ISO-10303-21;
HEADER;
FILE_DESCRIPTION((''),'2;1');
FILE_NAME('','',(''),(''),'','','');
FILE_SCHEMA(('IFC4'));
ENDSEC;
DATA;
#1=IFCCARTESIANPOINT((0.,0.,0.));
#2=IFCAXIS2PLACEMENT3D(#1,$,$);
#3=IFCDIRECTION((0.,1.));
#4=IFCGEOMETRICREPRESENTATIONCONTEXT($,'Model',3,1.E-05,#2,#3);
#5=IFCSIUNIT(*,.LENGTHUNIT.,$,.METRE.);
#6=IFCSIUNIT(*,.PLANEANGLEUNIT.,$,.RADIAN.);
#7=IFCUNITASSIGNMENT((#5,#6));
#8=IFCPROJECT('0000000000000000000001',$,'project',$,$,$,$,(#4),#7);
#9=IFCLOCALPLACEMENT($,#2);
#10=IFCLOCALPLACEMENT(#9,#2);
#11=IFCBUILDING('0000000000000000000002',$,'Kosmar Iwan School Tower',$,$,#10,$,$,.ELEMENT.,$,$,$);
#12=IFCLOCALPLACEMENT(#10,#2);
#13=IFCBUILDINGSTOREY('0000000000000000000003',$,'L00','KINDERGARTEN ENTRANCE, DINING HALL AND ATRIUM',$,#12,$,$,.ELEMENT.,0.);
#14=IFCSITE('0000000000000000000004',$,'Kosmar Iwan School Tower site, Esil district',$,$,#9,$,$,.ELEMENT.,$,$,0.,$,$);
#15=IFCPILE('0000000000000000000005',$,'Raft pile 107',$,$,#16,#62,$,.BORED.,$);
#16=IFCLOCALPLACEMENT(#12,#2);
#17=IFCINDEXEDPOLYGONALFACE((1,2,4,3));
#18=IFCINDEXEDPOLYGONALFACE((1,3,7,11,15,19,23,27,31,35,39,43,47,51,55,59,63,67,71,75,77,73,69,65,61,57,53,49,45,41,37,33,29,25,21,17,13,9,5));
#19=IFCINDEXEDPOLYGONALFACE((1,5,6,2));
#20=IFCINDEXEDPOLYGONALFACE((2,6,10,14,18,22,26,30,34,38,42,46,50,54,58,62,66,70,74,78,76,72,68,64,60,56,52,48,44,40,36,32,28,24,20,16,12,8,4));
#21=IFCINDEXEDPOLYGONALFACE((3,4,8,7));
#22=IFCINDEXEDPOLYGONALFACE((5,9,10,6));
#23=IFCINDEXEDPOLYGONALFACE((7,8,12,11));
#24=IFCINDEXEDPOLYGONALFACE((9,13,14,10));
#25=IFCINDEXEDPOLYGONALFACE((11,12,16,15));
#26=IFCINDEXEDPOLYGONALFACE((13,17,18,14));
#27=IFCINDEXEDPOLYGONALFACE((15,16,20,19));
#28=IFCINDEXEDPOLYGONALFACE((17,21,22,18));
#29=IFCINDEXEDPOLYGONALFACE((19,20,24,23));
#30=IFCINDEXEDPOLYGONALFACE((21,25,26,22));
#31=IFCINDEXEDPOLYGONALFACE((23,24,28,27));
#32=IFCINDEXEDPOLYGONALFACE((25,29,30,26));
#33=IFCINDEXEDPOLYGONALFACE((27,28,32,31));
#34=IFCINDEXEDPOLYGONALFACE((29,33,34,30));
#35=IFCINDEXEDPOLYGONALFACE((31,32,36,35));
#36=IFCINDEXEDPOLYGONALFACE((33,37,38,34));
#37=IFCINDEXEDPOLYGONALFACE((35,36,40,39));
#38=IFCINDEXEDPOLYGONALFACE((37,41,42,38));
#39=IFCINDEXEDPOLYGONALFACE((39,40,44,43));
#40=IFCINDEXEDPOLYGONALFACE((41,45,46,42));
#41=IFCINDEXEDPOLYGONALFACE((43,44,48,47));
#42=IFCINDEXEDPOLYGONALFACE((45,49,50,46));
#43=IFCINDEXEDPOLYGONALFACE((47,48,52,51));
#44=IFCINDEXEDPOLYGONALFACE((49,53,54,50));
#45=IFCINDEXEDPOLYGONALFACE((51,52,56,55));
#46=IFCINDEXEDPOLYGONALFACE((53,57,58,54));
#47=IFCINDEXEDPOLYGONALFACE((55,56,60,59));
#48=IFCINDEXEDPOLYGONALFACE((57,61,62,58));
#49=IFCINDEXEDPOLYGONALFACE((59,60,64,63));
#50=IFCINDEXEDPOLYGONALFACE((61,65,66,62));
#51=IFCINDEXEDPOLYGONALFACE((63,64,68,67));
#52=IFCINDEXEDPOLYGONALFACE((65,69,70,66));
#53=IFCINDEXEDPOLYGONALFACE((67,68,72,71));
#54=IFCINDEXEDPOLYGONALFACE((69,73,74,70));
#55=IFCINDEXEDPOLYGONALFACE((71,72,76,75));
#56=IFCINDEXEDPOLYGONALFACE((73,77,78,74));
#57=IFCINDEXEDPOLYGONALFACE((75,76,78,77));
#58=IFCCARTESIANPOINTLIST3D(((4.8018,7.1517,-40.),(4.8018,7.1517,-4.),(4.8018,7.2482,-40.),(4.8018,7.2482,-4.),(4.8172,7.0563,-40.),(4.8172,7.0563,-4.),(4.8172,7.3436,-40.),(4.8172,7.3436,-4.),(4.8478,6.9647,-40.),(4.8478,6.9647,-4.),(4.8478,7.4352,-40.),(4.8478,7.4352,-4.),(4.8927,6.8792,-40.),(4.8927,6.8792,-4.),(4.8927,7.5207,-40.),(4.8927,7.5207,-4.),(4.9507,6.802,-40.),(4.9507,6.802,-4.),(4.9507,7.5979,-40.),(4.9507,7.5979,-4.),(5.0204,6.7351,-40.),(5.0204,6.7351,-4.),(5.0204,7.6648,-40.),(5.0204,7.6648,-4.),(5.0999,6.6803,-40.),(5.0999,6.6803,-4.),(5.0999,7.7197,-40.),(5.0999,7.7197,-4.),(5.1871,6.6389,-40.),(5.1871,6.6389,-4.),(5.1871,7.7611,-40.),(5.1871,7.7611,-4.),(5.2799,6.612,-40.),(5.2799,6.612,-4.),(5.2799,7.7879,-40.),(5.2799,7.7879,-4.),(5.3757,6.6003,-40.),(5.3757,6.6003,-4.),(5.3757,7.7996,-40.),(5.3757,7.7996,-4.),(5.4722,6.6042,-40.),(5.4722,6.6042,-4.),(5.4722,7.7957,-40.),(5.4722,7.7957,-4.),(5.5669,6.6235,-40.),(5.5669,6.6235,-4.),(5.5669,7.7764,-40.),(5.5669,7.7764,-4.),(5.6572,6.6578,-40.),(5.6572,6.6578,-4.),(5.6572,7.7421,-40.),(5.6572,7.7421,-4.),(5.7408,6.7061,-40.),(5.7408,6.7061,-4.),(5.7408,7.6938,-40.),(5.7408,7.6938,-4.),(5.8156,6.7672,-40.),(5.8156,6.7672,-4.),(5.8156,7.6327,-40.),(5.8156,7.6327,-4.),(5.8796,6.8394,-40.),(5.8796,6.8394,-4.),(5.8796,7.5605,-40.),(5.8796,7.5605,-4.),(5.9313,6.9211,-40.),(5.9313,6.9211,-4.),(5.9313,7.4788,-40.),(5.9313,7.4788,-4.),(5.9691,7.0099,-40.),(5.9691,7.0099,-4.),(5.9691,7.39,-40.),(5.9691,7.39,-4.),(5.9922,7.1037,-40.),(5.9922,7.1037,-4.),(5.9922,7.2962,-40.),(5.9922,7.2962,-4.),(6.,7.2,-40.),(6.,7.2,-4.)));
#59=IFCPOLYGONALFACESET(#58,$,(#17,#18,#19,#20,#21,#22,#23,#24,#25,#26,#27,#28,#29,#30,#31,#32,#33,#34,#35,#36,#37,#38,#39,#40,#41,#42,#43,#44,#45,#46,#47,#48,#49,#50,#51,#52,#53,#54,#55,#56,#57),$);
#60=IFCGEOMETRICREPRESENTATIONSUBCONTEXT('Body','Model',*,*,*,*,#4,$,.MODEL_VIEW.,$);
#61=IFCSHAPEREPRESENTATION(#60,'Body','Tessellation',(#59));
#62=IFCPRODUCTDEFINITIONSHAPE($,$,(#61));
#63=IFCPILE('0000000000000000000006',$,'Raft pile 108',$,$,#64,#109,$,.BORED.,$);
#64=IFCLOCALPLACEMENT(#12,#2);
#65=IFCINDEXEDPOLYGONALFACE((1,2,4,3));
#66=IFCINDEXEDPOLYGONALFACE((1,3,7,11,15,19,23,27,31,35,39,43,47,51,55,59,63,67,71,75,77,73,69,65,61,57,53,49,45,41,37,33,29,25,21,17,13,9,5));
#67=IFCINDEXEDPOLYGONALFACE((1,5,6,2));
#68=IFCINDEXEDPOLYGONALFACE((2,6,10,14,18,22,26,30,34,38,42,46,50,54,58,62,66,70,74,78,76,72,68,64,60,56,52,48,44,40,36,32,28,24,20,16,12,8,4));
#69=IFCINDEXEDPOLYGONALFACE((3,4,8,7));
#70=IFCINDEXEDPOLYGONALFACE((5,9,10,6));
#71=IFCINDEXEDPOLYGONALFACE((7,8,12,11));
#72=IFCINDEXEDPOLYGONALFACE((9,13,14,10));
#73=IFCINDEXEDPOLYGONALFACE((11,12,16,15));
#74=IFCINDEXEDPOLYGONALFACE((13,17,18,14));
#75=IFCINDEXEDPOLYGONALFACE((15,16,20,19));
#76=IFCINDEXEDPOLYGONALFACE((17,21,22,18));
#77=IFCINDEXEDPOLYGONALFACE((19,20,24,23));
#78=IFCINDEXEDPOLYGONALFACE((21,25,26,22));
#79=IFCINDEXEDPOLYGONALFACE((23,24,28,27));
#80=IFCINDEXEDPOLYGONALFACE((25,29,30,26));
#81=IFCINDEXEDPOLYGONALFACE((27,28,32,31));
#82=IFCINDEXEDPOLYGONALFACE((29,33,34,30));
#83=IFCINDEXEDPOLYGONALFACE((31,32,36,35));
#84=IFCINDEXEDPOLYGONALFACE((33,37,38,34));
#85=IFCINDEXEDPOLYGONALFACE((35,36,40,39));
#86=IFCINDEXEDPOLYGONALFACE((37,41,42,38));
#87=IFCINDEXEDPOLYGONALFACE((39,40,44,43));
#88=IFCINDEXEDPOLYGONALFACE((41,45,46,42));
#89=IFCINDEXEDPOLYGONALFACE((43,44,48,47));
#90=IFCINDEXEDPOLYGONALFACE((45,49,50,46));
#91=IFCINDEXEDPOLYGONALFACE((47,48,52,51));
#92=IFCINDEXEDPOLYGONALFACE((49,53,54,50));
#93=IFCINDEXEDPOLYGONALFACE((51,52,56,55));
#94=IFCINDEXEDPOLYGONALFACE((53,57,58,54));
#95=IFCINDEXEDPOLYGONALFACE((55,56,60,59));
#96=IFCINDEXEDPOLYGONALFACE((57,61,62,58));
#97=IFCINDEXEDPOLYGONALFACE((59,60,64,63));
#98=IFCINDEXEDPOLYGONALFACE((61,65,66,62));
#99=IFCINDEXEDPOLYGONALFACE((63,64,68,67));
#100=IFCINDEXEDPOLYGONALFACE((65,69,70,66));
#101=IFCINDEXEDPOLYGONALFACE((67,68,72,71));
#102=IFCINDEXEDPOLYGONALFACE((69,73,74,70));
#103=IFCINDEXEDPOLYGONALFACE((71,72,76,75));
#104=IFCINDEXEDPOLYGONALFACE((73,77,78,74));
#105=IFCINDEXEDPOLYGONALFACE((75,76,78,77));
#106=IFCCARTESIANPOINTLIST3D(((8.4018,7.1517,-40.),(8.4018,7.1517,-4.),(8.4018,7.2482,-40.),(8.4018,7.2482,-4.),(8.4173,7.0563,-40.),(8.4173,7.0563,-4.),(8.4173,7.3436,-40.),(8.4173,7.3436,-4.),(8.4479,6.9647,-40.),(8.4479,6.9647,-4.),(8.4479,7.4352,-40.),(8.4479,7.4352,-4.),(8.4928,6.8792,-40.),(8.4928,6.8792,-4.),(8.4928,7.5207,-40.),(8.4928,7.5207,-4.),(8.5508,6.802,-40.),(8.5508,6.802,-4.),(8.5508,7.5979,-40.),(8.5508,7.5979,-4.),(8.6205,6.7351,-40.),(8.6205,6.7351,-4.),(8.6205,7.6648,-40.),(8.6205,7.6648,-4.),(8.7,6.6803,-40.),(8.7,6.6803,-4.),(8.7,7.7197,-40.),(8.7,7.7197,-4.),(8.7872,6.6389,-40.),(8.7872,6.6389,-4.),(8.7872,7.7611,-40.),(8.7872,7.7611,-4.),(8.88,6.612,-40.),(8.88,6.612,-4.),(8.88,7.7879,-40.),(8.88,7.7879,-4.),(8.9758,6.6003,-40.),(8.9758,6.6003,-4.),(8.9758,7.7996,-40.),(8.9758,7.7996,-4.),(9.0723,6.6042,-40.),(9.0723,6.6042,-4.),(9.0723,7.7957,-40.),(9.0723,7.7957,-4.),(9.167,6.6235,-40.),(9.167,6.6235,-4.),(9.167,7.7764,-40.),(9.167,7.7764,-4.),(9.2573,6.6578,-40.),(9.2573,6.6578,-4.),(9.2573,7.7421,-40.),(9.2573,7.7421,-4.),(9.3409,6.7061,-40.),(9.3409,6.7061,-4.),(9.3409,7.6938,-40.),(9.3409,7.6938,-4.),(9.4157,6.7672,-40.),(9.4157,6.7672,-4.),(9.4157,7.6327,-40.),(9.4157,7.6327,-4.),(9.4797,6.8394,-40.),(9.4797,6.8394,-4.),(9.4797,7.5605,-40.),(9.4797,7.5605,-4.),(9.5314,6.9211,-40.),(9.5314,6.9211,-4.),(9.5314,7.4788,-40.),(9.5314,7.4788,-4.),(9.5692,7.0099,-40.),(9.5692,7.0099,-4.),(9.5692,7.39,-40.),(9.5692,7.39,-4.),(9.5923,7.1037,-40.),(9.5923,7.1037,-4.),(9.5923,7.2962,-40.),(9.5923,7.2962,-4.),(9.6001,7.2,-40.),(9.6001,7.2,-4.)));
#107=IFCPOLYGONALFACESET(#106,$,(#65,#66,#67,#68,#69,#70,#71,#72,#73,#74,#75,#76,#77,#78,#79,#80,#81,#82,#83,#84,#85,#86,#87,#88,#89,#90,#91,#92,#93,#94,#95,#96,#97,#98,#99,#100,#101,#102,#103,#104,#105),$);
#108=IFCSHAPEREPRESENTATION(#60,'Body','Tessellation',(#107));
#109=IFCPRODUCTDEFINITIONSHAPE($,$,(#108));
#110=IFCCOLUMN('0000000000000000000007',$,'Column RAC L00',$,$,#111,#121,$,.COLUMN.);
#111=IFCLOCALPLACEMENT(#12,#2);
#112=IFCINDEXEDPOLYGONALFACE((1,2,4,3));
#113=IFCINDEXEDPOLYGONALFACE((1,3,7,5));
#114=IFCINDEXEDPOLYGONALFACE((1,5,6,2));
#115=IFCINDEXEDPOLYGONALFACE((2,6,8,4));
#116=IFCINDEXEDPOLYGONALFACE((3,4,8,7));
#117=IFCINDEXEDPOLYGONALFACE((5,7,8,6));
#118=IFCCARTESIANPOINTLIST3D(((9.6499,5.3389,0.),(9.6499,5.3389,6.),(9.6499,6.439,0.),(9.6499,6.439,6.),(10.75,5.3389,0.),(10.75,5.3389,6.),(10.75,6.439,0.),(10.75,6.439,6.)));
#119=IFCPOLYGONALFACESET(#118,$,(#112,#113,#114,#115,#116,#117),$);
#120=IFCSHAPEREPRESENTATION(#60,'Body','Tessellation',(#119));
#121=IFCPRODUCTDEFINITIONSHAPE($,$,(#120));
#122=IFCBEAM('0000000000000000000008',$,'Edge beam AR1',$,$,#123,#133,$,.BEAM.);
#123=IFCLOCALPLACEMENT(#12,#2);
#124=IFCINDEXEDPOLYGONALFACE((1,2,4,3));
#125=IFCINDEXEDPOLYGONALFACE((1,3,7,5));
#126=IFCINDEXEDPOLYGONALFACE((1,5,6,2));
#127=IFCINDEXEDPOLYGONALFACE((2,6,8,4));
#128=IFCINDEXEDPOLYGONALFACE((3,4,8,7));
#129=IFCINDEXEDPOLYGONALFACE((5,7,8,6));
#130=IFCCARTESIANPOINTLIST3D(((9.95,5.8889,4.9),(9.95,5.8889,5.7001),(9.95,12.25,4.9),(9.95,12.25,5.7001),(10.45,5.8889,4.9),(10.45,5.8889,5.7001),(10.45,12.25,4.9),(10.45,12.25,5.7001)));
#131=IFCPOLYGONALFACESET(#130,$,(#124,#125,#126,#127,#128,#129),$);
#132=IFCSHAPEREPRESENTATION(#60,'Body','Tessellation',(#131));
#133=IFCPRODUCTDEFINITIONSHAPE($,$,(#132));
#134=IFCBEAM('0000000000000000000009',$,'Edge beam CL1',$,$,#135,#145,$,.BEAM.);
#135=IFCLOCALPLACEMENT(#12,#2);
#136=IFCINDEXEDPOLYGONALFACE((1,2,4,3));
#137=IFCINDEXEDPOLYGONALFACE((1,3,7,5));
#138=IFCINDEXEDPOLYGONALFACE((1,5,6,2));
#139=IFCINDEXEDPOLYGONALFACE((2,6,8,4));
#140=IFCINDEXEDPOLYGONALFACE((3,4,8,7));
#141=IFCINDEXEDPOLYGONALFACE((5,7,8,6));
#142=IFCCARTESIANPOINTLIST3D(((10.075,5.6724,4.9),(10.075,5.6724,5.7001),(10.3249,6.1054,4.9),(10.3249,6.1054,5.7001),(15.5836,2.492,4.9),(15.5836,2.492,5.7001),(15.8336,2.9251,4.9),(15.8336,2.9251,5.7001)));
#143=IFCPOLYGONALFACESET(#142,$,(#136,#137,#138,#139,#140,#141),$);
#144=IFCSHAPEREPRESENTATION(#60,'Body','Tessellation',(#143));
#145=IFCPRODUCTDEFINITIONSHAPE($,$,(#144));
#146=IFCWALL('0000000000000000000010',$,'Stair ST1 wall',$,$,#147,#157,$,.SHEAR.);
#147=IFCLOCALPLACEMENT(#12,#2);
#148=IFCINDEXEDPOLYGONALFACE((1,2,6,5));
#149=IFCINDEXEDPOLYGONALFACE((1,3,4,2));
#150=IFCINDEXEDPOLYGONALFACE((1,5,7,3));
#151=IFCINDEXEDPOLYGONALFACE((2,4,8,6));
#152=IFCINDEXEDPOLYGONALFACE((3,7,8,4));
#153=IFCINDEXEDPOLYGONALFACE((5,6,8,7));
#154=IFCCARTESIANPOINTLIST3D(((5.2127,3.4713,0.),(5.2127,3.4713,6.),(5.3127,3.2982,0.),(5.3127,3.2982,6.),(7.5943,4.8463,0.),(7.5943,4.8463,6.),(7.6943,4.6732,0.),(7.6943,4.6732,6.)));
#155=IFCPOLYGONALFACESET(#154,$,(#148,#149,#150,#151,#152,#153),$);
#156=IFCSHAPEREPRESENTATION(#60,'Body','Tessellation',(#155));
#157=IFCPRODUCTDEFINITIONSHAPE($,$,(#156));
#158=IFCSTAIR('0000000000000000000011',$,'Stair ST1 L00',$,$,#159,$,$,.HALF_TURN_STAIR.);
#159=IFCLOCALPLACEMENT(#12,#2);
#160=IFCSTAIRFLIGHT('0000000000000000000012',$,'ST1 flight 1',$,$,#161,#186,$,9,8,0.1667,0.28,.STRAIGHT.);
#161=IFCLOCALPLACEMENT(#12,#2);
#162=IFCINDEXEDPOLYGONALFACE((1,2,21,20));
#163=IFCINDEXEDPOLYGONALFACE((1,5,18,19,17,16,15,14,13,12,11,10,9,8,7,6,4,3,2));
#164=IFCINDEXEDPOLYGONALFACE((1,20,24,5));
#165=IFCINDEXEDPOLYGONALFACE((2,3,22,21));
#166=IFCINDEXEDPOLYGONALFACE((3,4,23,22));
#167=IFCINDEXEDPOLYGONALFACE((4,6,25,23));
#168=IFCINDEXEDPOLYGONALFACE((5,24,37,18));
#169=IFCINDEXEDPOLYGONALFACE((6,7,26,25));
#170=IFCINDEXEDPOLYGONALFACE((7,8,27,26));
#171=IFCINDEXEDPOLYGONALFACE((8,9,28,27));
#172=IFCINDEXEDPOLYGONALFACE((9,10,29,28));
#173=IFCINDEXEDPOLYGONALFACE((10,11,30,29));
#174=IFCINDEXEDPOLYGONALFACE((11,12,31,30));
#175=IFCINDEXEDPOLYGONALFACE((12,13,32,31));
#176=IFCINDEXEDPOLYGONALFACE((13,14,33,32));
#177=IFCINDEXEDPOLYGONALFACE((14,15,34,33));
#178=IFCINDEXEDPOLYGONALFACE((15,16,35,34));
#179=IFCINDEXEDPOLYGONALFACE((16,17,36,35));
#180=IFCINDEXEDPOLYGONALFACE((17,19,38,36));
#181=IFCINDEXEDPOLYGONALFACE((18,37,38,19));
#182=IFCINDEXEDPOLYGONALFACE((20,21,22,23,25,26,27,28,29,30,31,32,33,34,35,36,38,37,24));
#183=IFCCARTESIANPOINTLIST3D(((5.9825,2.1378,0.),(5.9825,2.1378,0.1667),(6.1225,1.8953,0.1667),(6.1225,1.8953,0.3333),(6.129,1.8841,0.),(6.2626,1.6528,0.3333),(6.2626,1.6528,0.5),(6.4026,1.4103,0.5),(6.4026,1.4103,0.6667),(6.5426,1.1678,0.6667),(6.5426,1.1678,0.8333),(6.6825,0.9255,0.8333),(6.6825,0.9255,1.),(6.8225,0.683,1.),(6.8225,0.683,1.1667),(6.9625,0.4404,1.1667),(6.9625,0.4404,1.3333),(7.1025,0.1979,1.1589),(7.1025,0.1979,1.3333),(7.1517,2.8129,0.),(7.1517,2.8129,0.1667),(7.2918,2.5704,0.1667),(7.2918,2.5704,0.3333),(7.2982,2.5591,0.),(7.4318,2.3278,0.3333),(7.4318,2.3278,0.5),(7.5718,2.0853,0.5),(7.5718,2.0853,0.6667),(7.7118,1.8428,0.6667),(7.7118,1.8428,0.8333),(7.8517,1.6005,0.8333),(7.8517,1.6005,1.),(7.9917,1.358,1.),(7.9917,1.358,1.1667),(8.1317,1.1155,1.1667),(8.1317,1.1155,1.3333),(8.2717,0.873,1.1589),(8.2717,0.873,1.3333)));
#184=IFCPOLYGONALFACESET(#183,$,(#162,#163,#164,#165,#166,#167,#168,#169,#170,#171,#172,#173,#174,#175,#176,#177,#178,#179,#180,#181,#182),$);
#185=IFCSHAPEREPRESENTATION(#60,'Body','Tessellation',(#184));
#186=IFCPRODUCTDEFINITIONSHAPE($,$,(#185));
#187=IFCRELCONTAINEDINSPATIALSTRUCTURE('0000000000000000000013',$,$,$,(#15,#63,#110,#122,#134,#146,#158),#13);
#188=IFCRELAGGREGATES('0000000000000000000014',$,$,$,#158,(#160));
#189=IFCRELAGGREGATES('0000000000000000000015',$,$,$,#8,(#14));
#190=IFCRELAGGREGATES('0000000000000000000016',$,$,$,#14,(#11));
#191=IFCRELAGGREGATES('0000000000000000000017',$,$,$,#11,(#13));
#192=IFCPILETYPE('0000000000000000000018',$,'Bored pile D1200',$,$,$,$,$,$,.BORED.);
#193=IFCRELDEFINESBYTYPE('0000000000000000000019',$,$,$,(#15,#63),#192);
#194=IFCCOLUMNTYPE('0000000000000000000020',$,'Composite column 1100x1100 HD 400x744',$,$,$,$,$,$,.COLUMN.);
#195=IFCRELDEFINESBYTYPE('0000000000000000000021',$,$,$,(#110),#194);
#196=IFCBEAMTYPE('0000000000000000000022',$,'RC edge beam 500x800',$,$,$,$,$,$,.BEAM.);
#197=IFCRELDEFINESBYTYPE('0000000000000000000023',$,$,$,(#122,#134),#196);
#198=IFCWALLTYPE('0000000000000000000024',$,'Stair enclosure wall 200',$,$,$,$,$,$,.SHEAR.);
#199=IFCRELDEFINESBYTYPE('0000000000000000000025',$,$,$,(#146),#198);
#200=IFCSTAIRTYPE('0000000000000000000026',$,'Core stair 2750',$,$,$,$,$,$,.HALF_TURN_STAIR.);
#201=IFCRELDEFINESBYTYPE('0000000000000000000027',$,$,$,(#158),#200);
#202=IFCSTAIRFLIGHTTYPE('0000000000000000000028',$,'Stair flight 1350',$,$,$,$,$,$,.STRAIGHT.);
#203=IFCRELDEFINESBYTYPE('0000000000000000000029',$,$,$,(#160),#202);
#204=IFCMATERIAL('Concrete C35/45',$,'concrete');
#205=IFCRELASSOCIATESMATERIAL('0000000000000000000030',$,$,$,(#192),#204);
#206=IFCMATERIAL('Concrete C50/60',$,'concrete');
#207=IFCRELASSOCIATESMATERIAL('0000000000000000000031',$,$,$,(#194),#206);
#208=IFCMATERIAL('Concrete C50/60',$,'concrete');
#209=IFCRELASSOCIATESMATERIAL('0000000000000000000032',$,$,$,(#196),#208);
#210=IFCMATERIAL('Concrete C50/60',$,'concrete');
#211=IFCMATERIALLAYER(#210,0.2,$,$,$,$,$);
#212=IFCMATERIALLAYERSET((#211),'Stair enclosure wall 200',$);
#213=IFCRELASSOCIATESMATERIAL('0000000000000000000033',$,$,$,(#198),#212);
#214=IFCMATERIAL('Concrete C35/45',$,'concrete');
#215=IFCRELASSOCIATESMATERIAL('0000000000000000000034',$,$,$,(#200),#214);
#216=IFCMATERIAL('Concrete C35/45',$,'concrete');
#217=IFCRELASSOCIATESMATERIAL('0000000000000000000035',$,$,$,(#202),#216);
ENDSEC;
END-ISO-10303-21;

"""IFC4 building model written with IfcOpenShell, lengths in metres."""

from ifc_helpers import new_model, si_unit, direction, frame, frame_2d, origin, origin_2d, place, context, subcontext, project, spatial, polyline, rectangle, circle, outline, extrude, material, layer, layer_set, material_profile, profile_set, type_object, element, aggregate, save


model = new_model("IFC4")

# Units and contexts
model_context = context("Model", 3, precision=1e-05, world=origin(), true_north=direction((0.0, 1.0)))
body_context = subcontext(model_context, "Body", "Model", "MODEL_VIEW")
ifc_project = project(units=[si_unit("LENGTHUNIT", "METRE"), si_unit("PLANEANGLEUNIT", "RADIAN")], contexts=[model_context])

# Site, building, storey
site_placement = place(None, origin())
site = spatial("IfcSite", under=ifc_project, at=site_placement, Name="Kosmar Iwan School Tower site, Esil district", CompositionType="ELEMENT", RefElevation=0.0)
building_placement = place(site_placement, origin())
building = spatial("IfcBuilding", under=site, at=building_placement, Name="Kosmar Iwan School Tower", CompositionType="ELEMENT")
storey_placement = place(building_placement, origin())
storey = spatial("IfcBuildingStorey", under=building, at=storey_placement, Name="L00", Description="KINDERGARTEN ENTRANCE, DINING HALL AND ATRIUM", CompositionType="ELEMENT", Elevation=0.0)

# Piles
ifc_material_1 = material(Name="Concrete C35/45", Category="concrete")
ifc_material_profile_1 = material_profile(ifc_material_1, circle(Radius=0.6001, at=origin_2d()), Name="D1200")
ifc_profile_set_1 = profile_set([ifc_material_profile_1], Name="Concrete C35/45")
pile_type = type_object("IfcPileType", Name="Bored pile D1200", PredefinedType="BORED", material=ifc_profile_set_1)
for number, where, z_axis, x_axis, name in (
    (1, (5.3999, 7.2, -4.0), (0.0, 0.0, -1.0), (1.0, 0.0, 0.0), "Raft pile 107"),
    (2, (9.0, 7.2, -4.0), (0.0, 0.0, -1.0), (1.0, 0.0, 0.0), "Raft pile 108"),
):
    element("IfcPile", number, at=place(storey_placement, frame(where, z_axis=z_axis, x_axis=x_axis)), inside=storey, type_object=pile_type, Name=name, PredefinedType="BORED", context=body_context, shape_type="SweptSolid", body=[
        extrude(circle(Radius=0.6001, at=origin_2d()), origin(), (0.0, 0.0, 1.0), 36.0),
    ])

# Column
ifc_material_2 = material(Name="Concrete C50/60", Category="concrete")
ifc_material_profile_2 = material_profile(ifc_material_2, rectangle(XDim=1.1001, YDim=1.1001, at=origin_2d()), Name="RC 1100x1100 + HD 400x744")
ifc_profile_set_2 = profile_set([ifc_material_profile_2], Name="Concrete C50/60")
column_type = type_object("IfcColumnType", Name="Composite column 1100x1100 HD 400x744", PredefinedType="COLUMN", material=ifc_profile_set_2)
column_placement = place(storey_placement, frame((10.2, 5.8889, 0.0), z_axis=(0.0, 0.0, 1.0), x_axis=(1.0, 0.0, 0.0)))
element("IfcColumn", 3, at=column_placement, inside=storey, type_object=column_type, Name="Column RAC L00", PredefinedType="COLUMN", context=body_context, shape_type="SweptSolid", body=[
    extrude(rectangle(XDim=1.1001, YDim=1.1001, at=origin_2d()), origin(), (0.0, 0.0, 1.0), 6.0),
])

# Beams
ifc_material_3 = material(Name="Concrete C50/60", Category="concrete")
ifc_material_profile_3 = material_profile(ifc_material_3, rectangle(XDim=0.5, YDim=0.8, at=origin_2d()), Name="RC 500x800")
ifc_profile_set_3 = profile_set([ifc_material_profile_3], Name="Concrete C50/60")
beam_type = type_object("IfcBeamType", Name="RC edge beam 500x800", PredefinedType="BEAM", material=ifc_profile_set_3)
beam_1_placement = place(storey_placement, frame((10.2, 5.8889, 5.3), z_axis=(0.0, 1.0, 0.0), x_axis=(-1.0, 0.0, 0.0)))
element("IfcBeam", 4, at=beam_1_placement, inside=storey, type_object=beam_type, Name="Edge beam AR1", PredefinedType="BEAM", context=body_context, shape_type="SweptSolid", body=[
    extrude(rectangle(XDim=0.5, YDim=0.8, at=origin_2d()), origin(), (0.0, 0.0, 1.0), 6.3611),
])
beam_2_placement = place(storey_placement, frame((10.2, 5.8889, 5.3), z_axis=(0.866031, -0.49999, 0.0), x_axis=(0.49999, 0.866031, 0.0)))
element("IfcBeam", 5, at=beam_2_placement, inside=storey, type_object=beam_type, Name="Edge beam CL1", PredefinedType="BEAM", context=body_context, shape_type="SweptSolid", body=[
    extrude(rectangle(XDim=0.5, YDim=0.8, at=origin_2d()), origin(), (0.0, 0.0, 1.0), 6.3608),
])

# Wall
ifc_material_4 = material(Name="Concrete C50/60", Category="concrete")
ifc_layer = layer(ifc_material_4, 0.2)
ifc_layer_set = layer_set([ifc_layer], Name="Stair enclosure wall 200")
wall_type = type_object("IfcWallType", Name="Stair enclosure wall 200", PredefinedType="SHEAR", material=ifc_layer_set)
wall_placement = place(storey_placement, frame((5.2627, 3.3848, 0.0), z_axis=(0.0, 0.0, 1.0), x_axis=(0.866027, 0.499997, 0.0)))
element("IfcWall", 6, at=wall_placement, inside=storey, type_object=wall_type, Name="Stair ST1 wall", PredefinedType="SHEAR", context=body_context, shape_type="SweptSolid", body=[
    extrude(rectangle(XDim=2.75, YDim=0.2, at=frame_2d((1.375, 0.0))), origin(), (0.0, 0.0, 1.0), 6.0),
])

# Stair, stair flight
ifc_material_5 = material(Name="Concrete C35/45", Category="concrete")
stair_type = type_object("IfcStairType", Name="Core stair 2750", PredefinedType="HALF_TURN_STAIR", material=ifc_material_5)
stair_placement = place(storey_placement, origin())
stair = element("IfcStair", 7, at=stair_placement, inside=storey, type_object=stair_type, Name="Stair ST1 L00", PredefinedType="HALF_TURN_STAIR")
ifc_material_6 = material(Name="Concrete C35/45", Category="concrete")
stair_flight_type = type_object("IfcStairFlightType", Name="Stair flight 1350", PredefinedType="STRAIGHT", material=ifc_material_6)
stair_flight_1_placement = place(storey_placement, frame((6.5671, 2.4753, 0.0), z_axis=(0.0, 0.0, 1.0), x_axis=(0.5, -0.866025, 0.0)))
stair_flight_1 = element("IfcStairFlight", 8, at=stair_flight_1_placement, type_object=stair_flight_type, Name="ST1 flight 1", NumberOfRisers=9, NumberOfTreads=8, PredefinedType="STRAIGHT", RiserHeight=0.1667, TreadLength=0.28, context=body_context, shape_type="SweptSolid", body=[
    extrude(outline(polyline([(0.0, 0.0), (0.0, 0.1667), (0.28, 0.1667), (0.28, 0.3333), (0.5601, 0.3333), (0.5601, 0.5), (0.8401, 0.5), (0.8401, 0.6667), (1.1201, 0.6667), (1.1201, 0.8333), (1.3999, 0.8333), (1.3999, 1.0), (1.6799, 1.0), (1.6799, 1.1667), (1.96, 1.1667), (1.96, 1.3333), (2.24, 1.3333), (2.24, 1.5), (2.24, 1.1589), (0.293, 0.0), (0.0, 0.0)])), frame((0.0, 0.675, 0.0), z_axis=(0.0, -1.0, 0.0), x_axis=(1.0, 0.0, 0.0)), (0.0, 0.0, 1.0), 1.3501),
])
aggregate(stair, [stair_flight_1])

save(model, "model.ifc")
